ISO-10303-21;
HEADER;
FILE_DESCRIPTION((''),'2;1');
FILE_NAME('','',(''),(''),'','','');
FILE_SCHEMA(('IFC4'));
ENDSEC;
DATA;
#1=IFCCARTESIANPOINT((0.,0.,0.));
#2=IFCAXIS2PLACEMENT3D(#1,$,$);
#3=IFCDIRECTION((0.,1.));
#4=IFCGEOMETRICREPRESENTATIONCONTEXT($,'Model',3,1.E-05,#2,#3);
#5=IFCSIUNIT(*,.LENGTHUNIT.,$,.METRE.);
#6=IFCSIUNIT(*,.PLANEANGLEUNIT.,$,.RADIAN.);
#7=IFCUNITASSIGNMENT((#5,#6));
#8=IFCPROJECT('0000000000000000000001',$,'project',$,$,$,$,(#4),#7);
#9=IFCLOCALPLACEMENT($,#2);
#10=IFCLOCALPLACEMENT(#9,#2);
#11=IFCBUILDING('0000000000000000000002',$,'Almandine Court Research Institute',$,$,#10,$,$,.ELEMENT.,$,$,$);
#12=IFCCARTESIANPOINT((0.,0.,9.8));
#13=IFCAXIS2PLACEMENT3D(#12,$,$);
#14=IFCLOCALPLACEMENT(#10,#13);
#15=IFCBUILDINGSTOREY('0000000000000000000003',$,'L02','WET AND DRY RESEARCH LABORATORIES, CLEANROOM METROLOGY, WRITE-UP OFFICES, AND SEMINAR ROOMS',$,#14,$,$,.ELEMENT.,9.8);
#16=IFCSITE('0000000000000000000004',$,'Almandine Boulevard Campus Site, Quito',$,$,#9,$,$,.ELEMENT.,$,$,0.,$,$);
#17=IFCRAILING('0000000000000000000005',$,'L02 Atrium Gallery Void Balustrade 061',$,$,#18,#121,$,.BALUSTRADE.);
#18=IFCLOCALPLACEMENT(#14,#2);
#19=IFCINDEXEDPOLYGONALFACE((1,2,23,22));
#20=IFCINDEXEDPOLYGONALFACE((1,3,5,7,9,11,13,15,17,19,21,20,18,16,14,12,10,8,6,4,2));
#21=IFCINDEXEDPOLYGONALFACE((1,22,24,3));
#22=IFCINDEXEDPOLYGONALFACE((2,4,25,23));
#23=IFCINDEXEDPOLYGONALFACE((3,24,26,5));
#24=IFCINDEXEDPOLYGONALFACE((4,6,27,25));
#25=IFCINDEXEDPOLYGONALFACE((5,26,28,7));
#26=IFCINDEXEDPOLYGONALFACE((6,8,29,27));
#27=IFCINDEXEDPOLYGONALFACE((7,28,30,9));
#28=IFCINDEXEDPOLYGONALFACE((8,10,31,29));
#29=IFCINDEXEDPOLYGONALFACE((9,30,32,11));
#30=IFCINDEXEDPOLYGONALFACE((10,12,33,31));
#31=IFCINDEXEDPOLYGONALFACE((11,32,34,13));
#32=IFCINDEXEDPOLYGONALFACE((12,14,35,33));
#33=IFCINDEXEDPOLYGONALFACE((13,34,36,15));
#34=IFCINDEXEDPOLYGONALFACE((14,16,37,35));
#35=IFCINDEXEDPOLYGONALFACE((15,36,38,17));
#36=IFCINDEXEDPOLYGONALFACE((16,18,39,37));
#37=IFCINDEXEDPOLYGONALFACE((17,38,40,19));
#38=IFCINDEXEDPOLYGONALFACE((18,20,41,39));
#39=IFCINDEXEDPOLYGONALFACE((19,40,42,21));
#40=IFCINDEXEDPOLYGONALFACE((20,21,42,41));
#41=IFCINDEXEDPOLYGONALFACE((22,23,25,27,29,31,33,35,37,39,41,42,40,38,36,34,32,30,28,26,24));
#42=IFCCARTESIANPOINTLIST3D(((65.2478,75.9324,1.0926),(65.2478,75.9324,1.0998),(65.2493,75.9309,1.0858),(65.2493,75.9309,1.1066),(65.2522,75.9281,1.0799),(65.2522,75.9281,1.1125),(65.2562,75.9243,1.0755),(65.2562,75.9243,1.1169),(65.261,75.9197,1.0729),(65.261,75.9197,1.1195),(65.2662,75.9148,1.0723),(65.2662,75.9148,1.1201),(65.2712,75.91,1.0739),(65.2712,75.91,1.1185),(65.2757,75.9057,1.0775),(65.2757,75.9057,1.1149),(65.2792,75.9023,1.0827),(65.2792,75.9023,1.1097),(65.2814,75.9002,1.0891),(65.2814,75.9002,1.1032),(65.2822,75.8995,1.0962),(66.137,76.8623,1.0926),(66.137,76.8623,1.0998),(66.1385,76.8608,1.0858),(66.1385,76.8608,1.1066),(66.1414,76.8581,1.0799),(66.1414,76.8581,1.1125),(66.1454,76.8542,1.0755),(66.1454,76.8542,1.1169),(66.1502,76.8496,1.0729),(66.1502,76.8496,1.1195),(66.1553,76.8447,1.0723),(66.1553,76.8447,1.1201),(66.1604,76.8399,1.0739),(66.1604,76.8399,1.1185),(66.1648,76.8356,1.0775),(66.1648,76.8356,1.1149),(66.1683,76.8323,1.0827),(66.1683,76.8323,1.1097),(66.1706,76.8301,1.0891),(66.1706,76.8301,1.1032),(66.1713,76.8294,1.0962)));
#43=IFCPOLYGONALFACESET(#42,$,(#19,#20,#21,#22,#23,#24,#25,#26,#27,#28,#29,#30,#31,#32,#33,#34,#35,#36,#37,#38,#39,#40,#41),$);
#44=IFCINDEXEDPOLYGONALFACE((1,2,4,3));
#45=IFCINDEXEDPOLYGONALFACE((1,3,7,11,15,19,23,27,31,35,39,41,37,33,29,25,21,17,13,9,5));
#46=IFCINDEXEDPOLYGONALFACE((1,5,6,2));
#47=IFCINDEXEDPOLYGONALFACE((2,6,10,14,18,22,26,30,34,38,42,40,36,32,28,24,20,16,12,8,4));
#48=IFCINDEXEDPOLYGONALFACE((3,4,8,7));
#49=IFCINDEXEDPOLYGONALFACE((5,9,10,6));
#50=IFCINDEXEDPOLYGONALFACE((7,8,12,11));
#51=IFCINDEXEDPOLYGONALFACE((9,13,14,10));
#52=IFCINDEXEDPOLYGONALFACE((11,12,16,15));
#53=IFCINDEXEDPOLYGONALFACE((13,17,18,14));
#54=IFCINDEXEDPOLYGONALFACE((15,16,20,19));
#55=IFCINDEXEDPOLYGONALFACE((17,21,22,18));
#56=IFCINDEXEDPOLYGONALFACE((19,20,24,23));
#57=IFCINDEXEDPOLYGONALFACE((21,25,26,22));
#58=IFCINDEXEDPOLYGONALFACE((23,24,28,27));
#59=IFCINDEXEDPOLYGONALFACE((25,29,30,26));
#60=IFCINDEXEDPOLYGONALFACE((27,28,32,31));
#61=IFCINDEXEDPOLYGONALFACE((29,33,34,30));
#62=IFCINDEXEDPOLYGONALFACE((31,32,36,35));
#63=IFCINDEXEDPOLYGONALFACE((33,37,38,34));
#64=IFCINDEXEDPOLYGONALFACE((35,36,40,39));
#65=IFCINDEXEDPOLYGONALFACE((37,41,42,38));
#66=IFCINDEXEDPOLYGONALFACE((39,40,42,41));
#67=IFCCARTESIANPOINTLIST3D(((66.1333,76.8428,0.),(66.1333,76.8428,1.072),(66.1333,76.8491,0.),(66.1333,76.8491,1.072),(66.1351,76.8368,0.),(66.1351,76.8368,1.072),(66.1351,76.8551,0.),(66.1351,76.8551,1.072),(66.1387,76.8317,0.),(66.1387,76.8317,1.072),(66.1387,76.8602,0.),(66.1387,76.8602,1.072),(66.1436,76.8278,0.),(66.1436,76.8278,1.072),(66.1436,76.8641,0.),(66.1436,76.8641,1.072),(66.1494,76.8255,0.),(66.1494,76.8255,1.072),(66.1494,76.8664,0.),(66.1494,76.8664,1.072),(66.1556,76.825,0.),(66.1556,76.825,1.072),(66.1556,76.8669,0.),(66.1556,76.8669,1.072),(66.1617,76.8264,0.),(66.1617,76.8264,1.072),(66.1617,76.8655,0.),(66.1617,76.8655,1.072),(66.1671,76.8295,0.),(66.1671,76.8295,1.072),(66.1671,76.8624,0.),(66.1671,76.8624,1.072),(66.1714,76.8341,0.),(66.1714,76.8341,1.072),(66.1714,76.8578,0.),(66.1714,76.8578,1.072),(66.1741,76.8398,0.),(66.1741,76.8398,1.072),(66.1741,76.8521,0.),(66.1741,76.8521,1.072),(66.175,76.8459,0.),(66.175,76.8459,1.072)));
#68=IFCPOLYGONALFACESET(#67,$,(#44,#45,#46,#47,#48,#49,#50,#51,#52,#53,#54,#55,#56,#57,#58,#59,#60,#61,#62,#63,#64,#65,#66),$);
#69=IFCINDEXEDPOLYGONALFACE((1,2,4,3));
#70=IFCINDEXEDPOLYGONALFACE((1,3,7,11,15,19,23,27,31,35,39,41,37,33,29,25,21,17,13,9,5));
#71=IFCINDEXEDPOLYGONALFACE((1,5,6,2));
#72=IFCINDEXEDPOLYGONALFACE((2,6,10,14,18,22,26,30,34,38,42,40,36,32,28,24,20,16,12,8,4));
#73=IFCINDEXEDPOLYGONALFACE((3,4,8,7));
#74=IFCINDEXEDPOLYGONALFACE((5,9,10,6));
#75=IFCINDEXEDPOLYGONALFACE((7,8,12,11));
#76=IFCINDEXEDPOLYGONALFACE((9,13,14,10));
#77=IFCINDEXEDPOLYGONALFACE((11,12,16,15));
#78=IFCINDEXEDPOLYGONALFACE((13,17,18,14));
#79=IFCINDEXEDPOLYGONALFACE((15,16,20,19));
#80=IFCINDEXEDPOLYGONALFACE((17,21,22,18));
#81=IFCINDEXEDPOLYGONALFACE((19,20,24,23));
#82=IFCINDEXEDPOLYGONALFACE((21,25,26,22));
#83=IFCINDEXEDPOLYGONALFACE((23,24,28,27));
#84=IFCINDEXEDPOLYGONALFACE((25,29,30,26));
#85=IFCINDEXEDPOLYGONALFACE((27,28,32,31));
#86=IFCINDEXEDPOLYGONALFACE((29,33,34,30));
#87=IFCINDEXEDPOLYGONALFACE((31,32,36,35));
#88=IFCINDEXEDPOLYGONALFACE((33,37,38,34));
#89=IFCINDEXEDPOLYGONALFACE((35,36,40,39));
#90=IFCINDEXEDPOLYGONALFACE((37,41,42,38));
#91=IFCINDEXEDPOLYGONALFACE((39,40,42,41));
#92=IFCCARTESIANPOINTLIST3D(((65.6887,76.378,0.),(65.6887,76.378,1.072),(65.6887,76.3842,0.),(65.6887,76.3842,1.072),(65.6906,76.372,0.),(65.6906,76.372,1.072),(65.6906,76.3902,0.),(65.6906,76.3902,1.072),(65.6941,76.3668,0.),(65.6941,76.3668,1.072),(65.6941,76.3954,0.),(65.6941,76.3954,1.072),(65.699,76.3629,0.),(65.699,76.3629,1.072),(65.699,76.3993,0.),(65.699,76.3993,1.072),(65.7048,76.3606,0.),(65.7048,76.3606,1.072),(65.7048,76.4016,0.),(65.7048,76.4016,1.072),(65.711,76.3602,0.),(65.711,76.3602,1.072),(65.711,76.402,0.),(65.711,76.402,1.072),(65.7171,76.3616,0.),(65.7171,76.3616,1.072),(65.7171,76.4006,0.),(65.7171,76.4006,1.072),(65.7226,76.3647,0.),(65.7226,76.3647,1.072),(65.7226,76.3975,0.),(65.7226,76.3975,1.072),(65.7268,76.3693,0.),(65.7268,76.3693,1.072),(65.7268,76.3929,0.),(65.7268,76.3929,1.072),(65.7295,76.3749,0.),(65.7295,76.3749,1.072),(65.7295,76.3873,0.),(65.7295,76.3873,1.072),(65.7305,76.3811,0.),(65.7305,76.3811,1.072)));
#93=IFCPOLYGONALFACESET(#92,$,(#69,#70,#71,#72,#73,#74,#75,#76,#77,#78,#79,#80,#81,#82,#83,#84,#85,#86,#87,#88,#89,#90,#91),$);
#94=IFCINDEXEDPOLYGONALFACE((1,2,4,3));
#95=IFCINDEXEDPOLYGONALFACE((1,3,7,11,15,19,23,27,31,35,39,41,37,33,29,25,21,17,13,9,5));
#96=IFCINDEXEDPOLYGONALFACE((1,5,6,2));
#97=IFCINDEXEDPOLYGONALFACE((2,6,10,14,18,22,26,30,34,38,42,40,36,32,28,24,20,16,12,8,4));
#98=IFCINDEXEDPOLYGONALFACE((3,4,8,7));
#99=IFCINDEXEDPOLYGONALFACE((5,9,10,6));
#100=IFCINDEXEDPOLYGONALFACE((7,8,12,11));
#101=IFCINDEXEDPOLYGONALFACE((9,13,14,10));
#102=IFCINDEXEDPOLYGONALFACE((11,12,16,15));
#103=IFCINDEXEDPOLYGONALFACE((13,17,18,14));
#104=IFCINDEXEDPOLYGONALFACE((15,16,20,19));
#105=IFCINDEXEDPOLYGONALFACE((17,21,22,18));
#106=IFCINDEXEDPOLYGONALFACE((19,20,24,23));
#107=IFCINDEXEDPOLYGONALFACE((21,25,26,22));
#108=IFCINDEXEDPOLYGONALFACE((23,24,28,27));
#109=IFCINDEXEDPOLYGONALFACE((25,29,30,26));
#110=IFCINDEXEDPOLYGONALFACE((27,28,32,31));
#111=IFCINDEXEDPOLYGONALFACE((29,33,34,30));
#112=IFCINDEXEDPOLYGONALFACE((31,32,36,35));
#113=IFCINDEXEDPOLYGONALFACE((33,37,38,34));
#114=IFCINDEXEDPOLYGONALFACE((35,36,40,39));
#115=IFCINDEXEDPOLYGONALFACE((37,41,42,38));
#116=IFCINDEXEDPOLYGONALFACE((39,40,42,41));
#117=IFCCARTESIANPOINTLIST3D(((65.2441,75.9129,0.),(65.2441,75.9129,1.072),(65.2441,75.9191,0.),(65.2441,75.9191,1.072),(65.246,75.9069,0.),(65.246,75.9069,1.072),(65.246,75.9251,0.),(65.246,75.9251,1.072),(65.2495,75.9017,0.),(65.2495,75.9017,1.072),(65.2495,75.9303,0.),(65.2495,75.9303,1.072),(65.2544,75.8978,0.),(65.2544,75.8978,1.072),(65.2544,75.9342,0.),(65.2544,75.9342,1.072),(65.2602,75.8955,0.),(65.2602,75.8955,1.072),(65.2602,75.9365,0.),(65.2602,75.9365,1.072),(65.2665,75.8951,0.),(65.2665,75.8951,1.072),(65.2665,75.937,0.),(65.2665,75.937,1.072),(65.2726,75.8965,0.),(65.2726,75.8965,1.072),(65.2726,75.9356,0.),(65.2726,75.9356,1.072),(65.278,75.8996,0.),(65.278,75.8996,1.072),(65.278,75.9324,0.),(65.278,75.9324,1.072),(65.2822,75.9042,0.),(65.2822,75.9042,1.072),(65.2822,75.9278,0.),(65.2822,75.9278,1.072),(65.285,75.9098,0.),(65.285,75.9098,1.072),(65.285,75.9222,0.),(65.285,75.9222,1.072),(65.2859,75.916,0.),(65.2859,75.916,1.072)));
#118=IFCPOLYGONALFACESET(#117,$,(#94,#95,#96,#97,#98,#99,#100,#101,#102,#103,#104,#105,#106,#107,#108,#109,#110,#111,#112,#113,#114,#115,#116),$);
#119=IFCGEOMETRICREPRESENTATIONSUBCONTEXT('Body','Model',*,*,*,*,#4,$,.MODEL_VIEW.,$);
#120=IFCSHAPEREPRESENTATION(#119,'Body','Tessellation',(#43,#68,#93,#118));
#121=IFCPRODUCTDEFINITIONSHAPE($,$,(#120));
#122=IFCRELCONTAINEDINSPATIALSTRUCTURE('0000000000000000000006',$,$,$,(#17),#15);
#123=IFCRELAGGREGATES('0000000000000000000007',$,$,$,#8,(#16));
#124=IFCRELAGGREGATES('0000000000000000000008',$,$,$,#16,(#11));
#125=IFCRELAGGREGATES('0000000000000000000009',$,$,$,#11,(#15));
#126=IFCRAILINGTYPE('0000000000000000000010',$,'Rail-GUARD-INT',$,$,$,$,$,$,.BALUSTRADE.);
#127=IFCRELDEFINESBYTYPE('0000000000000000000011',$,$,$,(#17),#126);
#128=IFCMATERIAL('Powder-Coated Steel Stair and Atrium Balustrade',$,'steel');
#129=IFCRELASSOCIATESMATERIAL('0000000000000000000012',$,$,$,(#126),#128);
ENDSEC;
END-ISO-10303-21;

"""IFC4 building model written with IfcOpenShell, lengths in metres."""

from ifc_helpers import new_model, si_unit, direction, frame, origin, origin_2d, place, context, subcontext, project, spatial, circle, extrude, material, type_object, element, save


model = new_model("IFC4")

# Units and contexts
model_context = context("Model", 3, precision=1e-05, world=origin(), true_north=direction((0.0, 1.0)))
body_context = subcontext(model_context, "Body", "Model", "MODEL_VIEW")
ifc_project = project(units=[si_unit("LENGTHUNIT", "METRE"), si_unit("PLANEANGLEUNIT", "RADIAN")], contexts=[model_context])

# Site, building, storey
site_placement = place(None, origin())
site = spatial("IfcSite", under=ifc_project, at=site_placement, Name="Almandine Boulevard Campus Site, Quito", CompositionType="ELEMENT", RefElevation=0.0)
building_placement = place(site_placement, origin())
building = spatial("IfcBuilding", under=site, at=building_placement, Name="Almandine Court Research Institute", CompositionType="ELEMENT")
storey_placement = place(building_placement, frame((0.0, 0.0, 9.8)))
storey = spatial("IfcBuildingStorey", under=building, at=storey_placement, Name="L02", Description="WET AND DRY RESEARCH LABORATORIES, CLEANROOM METROLOGY, WRITE-UP OFFICES, AND SEMINAR ROOMS", CompositionType="ELEMENT", Elevation=9.8)

# Railing
ifc_material_1 = material(Name="Powder-Coated Steel Stair and Atrium Balustrade", Category="steel")
railing_type = type_object("IfcRailingType", Name="Rail-GUARD-INT", PredefinedType="BALUSTRADE", material=ifc_material_1)
railing_1_placement = place(storey_placement, frame((66.1541, 76.8459, 0.0)))
element("IfcRailing", 1, at=railing_1_placement, inside=storey, type_object=railing_type, Name="L02 Atrium Gallery Void Balustrade 061", PredefinedType="BALUSTRADE", context=body_context, shape_type="SweptSolid", body=[
    extrude(circle(Radius=0.0239, at=origin_2d()), frame((0.0, 0.0, 1.0962), z_axis=(-0.691085, -0.722774, 0.0), x_axis=(0.722774, -0.691085, 0.0)), (0.0, 0.0, 1.0), 1.2866),
    extrude(circle(Radius=0.021, at=origin_2d()), origin(), (0.0, 0.0, 1.0), 1.072),
    extrude(circle(Radius=0.021, at=origin_2d()), frame((-0.4446, -0.4648, 0.0)), (0.0, 0.0, 1.0), 1.072),
    extrude(circle(Radius=0.021, at=origin_2d()), frame((-0.8892, -0.9299, 0.0)), (0.0, 0.0, 1.0), 1.072),
])

save(model, "model.ifc")
